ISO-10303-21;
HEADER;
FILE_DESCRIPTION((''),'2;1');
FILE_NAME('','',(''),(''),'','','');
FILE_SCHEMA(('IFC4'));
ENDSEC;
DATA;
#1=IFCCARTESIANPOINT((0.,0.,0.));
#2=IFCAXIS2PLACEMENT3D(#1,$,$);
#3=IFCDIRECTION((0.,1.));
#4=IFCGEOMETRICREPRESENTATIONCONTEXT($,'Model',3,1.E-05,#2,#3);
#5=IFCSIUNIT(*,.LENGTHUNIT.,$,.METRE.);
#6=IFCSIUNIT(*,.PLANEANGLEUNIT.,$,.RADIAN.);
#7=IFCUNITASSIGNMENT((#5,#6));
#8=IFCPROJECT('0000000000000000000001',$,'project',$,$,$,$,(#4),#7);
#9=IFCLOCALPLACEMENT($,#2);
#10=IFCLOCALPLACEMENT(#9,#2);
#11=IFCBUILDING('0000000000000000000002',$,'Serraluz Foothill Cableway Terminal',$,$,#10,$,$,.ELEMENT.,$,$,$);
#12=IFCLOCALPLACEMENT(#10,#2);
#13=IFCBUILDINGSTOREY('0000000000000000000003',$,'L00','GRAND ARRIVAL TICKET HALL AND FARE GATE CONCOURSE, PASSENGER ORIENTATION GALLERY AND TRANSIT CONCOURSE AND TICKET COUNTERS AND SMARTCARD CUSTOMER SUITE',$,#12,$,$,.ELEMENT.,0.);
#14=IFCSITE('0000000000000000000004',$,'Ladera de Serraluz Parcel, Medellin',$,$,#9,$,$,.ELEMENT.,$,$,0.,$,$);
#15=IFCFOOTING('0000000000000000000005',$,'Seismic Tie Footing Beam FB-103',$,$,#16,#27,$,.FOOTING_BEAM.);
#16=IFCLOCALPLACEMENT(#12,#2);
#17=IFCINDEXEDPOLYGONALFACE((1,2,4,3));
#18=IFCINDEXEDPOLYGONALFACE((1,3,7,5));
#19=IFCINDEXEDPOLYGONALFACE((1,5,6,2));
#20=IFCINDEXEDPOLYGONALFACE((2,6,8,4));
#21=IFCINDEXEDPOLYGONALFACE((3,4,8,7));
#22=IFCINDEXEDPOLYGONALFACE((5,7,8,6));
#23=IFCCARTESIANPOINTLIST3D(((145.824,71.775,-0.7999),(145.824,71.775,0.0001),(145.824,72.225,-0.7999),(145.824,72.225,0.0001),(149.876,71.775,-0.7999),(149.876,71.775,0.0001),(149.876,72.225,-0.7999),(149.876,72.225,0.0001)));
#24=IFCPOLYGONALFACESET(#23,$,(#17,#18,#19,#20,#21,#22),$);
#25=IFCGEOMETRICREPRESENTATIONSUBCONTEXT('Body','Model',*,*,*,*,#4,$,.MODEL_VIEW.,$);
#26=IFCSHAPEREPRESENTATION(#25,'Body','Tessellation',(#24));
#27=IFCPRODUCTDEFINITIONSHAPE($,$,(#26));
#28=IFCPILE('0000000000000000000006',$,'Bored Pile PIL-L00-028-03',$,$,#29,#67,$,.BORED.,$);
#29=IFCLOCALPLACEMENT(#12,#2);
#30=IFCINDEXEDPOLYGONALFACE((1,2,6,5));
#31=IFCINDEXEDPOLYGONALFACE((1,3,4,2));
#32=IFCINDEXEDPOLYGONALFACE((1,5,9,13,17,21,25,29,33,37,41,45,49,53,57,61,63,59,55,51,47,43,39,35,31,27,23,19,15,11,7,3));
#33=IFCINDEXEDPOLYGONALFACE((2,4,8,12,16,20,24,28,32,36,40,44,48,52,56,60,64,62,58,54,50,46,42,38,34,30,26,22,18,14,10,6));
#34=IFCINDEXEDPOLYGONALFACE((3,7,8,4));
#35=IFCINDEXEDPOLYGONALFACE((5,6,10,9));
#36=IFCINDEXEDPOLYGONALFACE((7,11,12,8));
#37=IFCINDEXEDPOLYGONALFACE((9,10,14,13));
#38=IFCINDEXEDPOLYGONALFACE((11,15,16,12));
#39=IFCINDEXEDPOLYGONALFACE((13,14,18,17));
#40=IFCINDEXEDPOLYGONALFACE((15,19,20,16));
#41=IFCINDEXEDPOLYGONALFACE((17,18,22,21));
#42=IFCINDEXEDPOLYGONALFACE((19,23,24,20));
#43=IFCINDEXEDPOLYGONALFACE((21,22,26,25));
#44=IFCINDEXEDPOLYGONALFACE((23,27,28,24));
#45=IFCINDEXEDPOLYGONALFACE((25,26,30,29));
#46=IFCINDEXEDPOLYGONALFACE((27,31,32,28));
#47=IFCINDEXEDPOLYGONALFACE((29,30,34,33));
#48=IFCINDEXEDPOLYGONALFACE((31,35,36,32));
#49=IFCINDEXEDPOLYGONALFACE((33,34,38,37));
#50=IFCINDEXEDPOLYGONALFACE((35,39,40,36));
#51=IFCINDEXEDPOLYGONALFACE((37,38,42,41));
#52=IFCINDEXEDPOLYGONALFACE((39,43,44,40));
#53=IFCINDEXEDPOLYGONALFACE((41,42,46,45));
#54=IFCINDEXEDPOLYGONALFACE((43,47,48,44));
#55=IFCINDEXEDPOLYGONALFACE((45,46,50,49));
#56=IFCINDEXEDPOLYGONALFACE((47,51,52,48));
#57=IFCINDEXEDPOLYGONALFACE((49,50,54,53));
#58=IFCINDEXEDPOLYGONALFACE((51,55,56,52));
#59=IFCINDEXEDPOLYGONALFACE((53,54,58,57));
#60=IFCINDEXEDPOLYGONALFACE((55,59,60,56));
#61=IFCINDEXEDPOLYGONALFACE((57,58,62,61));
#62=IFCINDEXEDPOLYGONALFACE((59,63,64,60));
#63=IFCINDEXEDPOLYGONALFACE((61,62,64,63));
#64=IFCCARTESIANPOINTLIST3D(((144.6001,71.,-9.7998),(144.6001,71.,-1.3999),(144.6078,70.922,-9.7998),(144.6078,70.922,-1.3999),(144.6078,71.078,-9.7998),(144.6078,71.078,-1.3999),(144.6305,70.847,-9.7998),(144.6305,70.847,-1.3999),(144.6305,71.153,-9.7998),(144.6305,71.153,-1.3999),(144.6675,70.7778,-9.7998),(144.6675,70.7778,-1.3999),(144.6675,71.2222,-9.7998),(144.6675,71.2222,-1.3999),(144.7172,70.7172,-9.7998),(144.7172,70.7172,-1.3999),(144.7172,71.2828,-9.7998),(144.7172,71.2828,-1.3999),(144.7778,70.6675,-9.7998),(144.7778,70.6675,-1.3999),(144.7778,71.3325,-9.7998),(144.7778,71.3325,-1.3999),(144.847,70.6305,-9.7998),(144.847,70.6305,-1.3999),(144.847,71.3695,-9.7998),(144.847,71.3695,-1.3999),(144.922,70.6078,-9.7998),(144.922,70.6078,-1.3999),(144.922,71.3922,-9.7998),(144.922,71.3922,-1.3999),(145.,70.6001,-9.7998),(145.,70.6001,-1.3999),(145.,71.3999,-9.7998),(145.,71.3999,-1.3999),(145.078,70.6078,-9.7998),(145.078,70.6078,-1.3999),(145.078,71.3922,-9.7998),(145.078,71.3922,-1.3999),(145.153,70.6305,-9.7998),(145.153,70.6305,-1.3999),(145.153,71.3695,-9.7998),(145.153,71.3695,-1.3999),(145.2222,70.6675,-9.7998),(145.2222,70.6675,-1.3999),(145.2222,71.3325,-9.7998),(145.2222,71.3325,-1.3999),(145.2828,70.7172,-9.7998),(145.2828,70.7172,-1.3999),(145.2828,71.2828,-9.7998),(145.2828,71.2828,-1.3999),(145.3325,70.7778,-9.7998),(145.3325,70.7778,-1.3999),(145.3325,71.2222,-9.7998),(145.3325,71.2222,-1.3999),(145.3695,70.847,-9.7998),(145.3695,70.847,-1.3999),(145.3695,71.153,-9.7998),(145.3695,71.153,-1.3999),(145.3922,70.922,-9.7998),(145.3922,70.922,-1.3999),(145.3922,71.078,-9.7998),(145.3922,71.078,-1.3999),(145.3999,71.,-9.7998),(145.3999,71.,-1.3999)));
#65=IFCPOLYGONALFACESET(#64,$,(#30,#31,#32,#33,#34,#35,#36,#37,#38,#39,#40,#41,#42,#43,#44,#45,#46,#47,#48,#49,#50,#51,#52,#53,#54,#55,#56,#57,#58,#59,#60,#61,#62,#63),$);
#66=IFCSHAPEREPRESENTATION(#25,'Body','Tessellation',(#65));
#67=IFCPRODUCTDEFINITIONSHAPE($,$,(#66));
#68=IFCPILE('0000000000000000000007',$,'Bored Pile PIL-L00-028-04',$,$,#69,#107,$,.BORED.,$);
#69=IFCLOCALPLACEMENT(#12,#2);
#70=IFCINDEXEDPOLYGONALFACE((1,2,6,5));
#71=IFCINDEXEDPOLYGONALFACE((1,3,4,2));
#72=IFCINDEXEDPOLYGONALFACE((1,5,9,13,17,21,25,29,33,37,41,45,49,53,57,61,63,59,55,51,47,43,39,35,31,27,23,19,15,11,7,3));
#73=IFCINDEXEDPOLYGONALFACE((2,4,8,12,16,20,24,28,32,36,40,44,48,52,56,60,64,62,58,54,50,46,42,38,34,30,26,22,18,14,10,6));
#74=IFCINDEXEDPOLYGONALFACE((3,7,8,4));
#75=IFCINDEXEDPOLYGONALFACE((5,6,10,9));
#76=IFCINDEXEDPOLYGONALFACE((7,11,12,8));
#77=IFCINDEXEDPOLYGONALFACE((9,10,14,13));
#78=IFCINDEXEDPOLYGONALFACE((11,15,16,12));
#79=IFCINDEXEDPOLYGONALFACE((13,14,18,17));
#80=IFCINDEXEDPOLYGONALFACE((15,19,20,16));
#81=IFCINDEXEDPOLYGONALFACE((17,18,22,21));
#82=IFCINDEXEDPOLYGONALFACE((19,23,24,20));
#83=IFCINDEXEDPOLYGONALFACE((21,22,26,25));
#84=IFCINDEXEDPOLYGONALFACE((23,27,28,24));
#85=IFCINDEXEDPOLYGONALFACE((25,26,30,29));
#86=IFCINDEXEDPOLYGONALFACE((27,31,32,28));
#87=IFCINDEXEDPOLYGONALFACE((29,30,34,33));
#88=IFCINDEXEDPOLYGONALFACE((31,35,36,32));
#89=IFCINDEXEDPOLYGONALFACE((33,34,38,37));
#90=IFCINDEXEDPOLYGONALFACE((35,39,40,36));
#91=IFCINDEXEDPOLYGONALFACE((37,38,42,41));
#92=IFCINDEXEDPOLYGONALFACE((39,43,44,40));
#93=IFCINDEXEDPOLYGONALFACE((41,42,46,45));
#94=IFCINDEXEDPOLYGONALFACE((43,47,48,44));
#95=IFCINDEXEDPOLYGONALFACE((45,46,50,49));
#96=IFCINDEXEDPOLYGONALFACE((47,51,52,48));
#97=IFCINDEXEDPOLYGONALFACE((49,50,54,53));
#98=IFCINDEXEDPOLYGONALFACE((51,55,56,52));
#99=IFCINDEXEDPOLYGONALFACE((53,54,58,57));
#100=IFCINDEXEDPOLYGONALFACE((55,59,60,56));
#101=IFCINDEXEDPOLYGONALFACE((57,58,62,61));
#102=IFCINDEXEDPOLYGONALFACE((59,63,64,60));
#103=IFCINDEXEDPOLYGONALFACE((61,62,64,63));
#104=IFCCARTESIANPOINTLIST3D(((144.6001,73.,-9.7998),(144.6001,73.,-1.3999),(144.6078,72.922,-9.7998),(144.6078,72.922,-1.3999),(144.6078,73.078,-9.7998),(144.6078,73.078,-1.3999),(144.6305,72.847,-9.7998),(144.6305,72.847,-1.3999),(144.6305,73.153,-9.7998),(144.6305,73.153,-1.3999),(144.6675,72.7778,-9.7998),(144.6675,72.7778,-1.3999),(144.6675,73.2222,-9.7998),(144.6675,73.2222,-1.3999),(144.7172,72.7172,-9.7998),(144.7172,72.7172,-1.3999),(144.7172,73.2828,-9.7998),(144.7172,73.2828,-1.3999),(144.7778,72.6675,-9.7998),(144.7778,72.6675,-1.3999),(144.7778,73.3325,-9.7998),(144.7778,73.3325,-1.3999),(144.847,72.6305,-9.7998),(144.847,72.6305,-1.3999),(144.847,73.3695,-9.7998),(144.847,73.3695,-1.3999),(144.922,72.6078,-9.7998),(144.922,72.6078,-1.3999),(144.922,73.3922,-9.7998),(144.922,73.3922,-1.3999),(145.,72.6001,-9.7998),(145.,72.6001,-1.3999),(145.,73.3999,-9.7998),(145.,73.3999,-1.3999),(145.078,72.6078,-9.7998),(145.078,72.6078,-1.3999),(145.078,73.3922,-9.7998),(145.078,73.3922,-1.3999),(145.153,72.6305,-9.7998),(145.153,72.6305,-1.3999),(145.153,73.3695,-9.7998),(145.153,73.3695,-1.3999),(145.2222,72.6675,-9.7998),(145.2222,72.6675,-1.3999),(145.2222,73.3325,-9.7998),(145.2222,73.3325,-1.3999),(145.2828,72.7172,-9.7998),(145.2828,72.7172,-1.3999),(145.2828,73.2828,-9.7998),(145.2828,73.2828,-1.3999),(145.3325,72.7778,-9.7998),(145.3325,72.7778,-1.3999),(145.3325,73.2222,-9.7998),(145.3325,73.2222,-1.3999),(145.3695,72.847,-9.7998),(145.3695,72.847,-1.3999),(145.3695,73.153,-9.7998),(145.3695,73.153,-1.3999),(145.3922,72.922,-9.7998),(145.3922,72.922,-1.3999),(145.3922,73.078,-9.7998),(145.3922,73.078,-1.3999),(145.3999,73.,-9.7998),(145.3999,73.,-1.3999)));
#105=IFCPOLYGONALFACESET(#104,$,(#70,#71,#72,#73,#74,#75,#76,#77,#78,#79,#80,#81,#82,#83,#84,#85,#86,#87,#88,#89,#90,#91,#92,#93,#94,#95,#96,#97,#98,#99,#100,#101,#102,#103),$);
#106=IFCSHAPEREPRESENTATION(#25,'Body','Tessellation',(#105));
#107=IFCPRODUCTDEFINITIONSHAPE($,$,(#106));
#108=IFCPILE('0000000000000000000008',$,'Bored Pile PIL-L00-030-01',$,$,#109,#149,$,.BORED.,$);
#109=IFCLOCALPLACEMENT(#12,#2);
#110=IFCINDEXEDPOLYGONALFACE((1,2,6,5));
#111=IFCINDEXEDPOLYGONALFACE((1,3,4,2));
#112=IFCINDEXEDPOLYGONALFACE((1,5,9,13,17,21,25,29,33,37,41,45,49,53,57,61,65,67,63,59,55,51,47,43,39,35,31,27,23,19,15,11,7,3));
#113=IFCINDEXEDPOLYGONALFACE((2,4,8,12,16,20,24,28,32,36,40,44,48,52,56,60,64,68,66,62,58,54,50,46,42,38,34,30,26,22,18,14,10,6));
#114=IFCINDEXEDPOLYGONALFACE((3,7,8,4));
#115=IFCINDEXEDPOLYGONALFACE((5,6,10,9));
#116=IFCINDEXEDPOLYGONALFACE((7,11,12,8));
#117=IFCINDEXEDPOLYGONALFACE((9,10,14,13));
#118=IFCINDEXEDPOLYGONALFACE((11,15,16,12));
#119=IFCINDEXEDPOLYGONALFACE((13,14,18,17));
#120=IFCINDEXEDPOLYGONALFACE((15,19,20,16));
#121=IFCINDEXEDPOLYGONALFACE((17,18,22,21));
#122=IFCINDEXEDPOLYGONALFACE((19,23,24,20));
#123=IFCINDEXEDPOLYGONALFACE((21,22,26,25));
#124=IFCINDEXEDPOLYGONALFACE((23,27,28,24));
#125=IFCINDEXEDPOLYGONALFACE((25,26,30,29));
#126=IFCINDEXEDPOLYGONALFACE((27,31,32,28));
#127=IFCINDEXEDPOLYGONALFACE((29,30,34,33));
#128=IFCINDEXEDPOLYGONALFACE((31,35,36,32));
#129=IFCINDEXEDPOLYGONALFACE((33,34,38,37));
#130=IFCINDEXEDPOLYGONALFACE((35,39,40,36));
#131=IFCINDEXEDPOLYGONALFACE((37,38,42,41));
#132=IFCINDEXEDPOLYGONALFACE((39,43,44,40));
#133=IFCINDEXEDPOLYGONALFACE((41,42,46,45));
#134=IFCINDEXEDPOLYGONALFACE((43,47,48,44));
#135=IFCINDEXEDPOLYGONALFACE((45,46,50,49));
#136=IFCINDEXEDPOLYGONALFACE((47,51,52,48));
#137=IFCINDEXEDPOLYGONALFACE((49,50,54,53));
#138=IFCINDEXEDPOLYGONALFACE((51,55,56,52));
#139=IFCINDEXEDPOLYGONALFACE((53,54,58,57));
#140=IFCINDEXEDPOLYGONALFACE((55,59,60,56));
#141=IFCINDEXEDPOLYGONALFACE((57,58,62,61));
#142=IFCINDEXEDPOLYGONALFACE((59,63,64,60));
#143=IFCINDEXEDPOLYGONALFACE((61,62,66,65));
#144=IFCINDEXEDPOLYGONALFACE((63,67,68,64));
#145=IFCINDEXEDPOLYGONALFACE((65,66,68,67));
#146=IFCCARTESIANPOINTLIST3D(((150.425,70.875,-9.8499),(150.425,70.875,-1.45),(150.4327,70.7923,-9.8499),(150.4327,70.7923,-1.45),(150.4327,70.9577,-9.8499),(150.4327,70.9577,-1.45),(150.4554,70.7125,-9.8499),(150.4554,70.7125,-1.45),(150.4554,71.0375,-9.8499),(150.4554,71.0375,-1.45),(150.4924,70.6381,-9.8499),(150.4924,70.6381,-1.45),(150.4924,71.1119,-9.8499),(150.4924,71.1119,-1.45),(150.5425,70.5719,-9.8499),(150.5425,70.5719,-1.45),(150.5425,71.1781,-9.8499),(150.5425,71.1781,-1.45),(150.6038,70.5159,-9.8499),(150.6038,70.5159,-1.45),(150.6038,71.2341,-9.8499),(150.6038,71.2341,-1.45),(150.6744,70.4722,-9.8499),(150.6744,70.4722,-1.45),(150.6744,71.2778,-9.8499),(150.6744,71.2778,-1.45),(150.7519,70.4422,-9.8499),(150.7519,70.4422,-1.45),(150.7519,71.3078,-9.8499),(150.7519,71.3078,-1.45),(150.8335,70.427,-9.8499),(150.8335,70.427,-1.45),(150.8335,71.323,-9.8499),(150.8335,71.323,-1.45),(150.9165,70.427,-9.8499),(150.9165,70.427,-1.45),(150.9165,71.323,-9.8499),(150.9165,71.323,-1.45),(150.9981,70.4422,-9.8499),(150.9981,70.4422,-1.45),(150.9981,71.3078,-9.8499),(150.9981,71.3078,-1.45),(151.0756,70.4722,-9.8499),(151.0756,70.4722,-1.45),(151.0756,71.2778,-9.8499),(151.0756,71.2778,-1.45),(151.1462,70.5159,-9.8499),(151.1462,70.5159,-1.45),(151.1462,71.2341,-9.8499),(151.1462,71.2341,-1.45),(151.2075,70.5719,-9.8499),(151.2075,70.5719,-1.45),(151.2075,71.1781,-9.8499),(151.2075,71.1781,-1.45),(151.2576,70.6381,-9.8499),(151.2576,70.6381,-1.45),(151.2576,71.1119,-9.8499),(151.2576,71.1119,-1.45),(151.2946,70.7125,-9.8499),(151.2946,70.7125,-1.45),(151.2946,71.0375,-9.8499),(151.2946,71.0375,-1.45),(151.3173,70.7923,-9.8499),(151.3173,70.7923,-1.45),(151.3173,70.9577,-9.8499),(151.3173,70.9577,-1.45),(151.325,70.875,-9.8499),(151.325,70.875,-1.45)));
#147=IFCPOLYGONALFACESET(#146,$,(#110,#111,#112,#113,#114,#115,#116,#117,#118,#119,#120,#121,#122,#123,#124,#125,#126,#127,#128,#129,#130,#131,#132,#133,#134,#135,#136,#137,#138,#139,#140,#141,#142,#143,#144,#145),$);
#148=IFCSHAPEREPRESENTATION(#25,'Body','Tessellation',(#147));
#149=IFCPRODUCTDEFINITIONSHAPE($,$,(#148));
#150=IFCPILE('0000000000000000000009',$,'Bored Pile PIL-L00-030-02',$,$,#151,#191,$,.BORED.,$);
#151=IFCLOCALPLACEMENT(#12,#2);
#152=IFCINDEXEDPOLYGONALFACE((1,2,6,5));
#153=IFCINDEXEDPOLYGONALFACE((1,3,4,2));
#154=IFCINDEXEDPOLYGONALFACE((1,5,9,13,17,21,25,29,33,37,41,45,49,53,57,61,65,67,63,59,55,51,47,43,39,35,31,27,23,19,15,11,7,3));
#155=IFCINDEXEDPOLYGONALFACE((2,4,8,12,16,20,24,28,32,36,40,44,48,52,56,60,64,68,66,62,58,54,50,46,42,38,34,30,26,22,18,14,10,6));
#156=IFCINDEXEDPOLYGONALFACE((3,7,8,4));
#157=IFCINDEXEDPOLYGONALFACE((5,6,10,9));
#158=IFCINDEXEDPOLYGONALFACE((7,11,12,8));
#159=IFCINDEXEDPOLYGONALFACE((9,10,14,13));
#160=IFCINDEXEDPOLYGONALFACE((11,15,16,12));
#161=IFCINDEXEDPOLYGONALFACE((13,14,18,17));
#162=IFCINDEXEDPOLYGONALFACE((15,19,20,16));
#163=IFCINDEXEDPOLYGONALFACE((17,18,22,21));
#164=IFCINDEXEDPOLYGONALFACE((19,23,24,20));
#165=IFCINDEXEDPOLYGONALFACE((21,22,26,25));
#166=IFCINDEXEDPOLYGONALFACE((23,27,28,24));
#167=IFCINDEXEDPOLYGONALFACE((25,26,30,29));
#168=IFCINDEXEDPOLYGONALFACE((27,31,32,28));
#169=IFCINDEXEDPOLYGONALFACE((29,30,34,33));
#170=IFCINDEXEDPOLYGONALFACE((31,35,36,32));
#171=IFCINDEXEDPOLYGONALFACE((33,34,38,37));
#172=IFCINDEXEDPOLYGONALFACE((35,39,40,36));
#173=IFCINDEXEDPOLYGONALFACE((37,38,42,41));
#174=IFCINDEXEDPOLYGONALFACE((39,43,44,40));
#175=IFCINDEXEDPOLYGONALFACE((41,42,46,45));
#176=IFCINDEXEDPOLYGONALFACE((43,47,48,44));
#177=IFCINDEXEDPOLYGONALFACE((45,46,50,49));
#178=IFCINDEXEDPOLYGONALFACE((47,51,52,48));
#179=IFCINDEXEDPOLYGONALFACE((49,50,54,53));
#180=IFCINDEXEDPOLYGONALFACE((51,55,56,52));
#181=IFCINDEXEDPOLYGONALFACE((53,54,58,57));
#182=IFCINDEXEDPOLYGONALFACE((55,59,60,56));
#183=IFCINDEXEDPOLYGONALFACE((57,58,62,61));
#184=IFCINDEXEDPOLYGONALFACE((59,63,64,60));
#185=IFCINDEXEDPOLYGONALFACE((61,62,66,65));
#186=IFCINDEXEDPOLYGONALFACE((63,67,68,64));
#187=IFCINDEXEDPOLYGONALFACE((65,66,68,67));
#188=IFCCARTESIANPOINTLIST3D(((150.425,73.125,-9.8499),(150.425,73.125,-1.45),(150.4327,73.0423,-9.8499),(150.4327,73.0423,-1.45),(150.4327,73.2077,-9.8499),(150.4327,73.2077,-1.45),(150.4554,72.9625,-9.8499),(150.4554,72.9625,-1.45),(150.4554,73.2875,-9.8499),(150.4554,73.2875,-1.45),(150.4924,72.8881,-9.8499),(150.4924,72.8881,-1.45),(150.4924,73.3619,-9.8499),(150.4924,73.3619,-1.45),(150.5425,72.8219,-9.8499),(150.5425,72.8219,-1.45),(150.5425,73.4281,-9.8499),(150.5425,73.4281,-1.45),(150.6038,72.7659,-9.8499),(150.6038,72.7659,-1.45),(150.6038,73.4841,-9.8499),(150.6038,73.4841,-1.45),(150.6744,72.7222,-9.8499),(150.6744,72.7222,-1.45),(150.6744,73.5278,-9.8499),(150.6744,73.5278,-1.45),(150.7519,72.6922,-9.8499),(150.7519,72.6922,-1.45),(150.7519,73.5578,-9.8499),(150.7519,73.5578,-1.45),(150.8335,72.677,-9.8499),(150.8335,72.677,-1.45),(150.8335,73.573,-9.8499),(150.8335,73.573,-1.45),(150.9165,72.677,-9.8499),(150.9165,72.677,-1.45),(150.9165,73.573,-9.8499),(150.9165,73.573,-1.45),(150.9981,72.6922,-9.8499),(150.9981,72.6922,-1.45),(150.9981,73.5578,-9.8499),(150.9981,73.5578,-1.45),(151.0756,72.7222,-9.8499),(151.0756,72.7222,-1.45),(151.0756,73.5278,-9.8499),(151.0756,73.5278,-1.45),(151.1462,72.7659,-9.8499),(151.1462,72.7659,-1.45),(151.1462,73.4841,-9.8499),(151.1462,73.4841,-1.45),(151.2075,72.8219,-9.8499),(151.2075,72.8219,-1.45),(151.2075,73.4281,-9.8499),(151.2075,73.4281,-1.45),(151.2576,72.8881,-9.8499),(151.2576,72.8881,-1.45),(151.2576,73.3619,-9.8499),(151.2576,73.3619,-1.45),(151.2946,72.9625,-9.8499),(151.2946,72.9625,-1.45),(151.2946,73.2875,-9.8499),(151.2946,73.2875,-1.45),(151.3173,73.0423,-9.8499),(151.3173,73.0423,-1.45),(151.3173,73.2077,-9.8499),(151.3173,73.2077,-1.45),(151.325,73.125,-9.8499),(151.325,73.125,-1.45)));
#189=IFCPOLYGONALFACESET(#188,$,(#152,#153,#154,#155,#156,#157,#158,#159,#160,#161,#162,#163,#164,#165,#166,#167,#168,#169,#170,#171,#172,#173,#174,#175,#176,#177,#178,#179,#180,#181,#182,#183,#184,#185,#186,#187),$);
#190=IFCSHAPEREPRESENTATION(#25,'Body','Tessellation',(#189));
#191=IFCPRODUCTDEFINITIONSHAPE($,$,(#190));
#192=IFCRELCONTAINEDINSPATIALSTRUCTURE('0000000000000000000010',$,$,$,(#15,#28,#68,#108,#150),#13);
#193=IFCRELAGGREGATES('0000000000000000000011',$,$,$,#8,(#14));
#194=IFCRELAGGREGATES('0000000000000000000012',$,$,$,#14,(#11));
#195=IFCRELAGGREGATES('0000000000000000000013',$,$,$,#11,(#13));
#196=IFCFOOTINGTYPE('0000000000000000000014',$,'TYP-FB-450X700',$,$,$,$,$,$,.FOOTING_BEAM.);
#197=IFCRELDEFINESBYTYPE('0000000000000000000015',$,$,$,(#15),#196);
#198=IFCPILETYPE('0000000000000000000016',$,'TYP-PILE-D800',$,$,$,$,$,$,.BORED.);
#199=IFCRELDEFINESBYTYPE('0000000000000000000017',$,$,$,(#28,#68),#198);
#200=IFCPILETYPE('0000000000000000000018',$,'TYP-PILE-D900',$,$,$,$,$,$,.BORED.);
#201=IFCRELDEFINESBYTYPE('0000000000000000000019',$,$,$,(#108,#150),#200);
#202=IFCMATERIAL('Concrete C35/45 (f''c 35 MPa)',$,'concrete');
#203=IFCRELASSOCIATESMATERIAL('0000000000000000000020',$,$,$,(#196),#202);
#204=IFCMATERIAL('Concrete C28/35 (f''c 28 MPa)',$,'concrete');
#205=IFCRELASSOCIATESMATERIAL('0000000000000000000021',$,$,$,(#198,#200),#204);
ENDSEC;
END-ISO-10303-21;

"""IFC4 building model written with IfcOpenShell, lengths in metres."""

from ifc_helpers import new_model, si_unit, direction, frame, origin, origin_2d, place, context, subcontext, project, spatial, rectangle, circle, extrude, material, material_profile, profile_set, type_object, element, save


model = new_model("IFC4")

# Units and contexts
model_context = context("Model", 3, precision=1e-05, world=origin(), true_north=direction((0.0, 1.0)))
body_context = subcontext(model_context, "Body", "Model", "MODEL_VIEW")
ifc_project = project(units=[si_unit("LENGTHUNIT", "METRE"), si_unit("PLANEANGLEUNIT", "RADIAN")], contexts=[model_context])

# Site, building, storey
site_placement = place(None, origin())
site = spatial("IfcSite", under=ifc_project, at=site_placement, Name="Ladera de Serraluz Parcel, Medellin", CompositionType="ELEMENT", RefElevation=0.0)
building_placement = place(site_placement, origin())
building = spatial("IfcBuilding", under=site, at=building_placement, Name="Serraluz Foothill Cableway Terminal", CompositionType="ELEMENT")
storey_placement = place(building_placement, origin())
storey = spatial("IfcBuildingStorey", under=building, at=storey_placement, Name="L00", Description="GRAND ARRIVAL TICKET HALL AND FARE GATE CONCOURSE, PASSENGER ORIENTATION GALLERY AND TRANSIT CONCOURSE AND TICKET COUNTERS AND SMARTCARD CUSTOMER SUITE", CompositionType="ELEMENT", Elevation=0.0)

# Footing
ifc_material_1 = material(Name="Concrete C35/45 (f'c 35 MPa)", Category="concrete")
ifc_material_profile_1 = material_profile(ifc_material_1, rectangle(XDim=0.45, YDim=0.8, at=origin_2d()), Name="RC 450x800")
ifc_profile_set_1 = profile_set([ifc_material_profile_1], Name="Concrete C35/45 (f'c 35 MPa)")
footing_type_1 = type_object("IfcFootingType", Name="TYP-FB-450X700", PredefinedType="FOOTING_BEAM", material=ifc_profile_set_1)
footing_1_placement = place(storey_placement, frame((145.824, 72.0, -0.3999), z_axis=(1.0, 0.0, 0.0), x_axis=(0.0, 1.0, 0.0)))
element("IfcFooting", 1, at=footing_1_placement, inside=storey, type_object=footing_type_1, Name="Seismic Tie Footing Beam FB-103", PredefinedType="FOOTING_BEAM", context=body_context, shape_type="SweptSolid", body=[
    extrude(rectangle(XDim=0.45, YDim=0.8, at=origin_2d()), origin(), (0.0, 0.0, 1.0), 4.052),
])

# Piles
ifc_material_2 = material(Name="Concrete C28/35 (f'c 28 MPa)", Category="concrete")
ifc_material_profile_2 = material_profile(ifc_material_2, circle(Radius=0.3999, at=origin_2d()), Name="BORED PILE D800")
ifc_profile_set_2 = profile_set([ifc_material_profile_2], Name="Concrete C28/35 (f'c 28 MPa)")
pile_type_1 = type_object("IfcPileType", Name="TYP-PILE-D800", PredefinedType="BORED", material=ifc_profile_set_2)
for number, where, z_axis, x_axis, name in (
    (2, (145.0, 71.0, -1.3999), (0.0, 0.0, -1.0), (1.0, 0.0, 0.0), "Bored Pile PIL-L00-028-03"),
    (3, (145.0, 73.0, -1.3999), (0.0, 0.0, -1.0), (1.0, 0.0, 0.0), "Bored Pile PIL-L00-028-04"),
):
    element("IfcPile", number, at=place(storey_placement, frame(where, z_axis=z_axis, x_axis=x_axis)), inside=storey, type_object=pile_type_1, Name=name, PredefinedType="BORED", context=body_context, shape_type="SweptSolid", body=[
        extrude(circle(Radius=0.3999, at=origin_2d()), origin(), (0.0, 0.0, 1.0), 8.3999),
    ])
ifc_material_profile_3 = material_profile(ifc_material_2, circle(Radius=0.45, at=origin_2d()), Name="BORED PILE D900")
ifc_profile_set_3 = profile_set([ifc_material_profile_3], Name="Concrete C28/35 (f'c 28 MPa)")
pile_type_2 = type_object("IfcPileType", Name="TYP-PILE-D900", PredefinedType="BORED", material=ifc_profile_set_3)
for number, where, z_axis, x_axis, name in (
    (4, (150.875, 70.875, -1.45), (0.0, 0.0, -1.0), (1.0, 0.0, 0.0), "Bored Pile PIL-L00-030-01"),
    (5, (150.875, 73.125, -1.45), (0.0, 0.0, -1.0), (1.0, 0.0, 0.0), "Bored Pile PIL-L00-030-02"),
):
    element("IfcPile", number, at=place(storey_placement, frame(where, z_axis=z_axis, x_axis=x_axis)), inside=storey, type_object=pile_type_2, Name=name, PredefinedType="BORED", context=body_context, shape_type="SweptSolid", body=[
        extrude(circle(Radius=0.45, at=origin_2d()), origin(), (0.0, 0.0, 1.0), 8.3999),
    ])

save(model, "model.ifc")
